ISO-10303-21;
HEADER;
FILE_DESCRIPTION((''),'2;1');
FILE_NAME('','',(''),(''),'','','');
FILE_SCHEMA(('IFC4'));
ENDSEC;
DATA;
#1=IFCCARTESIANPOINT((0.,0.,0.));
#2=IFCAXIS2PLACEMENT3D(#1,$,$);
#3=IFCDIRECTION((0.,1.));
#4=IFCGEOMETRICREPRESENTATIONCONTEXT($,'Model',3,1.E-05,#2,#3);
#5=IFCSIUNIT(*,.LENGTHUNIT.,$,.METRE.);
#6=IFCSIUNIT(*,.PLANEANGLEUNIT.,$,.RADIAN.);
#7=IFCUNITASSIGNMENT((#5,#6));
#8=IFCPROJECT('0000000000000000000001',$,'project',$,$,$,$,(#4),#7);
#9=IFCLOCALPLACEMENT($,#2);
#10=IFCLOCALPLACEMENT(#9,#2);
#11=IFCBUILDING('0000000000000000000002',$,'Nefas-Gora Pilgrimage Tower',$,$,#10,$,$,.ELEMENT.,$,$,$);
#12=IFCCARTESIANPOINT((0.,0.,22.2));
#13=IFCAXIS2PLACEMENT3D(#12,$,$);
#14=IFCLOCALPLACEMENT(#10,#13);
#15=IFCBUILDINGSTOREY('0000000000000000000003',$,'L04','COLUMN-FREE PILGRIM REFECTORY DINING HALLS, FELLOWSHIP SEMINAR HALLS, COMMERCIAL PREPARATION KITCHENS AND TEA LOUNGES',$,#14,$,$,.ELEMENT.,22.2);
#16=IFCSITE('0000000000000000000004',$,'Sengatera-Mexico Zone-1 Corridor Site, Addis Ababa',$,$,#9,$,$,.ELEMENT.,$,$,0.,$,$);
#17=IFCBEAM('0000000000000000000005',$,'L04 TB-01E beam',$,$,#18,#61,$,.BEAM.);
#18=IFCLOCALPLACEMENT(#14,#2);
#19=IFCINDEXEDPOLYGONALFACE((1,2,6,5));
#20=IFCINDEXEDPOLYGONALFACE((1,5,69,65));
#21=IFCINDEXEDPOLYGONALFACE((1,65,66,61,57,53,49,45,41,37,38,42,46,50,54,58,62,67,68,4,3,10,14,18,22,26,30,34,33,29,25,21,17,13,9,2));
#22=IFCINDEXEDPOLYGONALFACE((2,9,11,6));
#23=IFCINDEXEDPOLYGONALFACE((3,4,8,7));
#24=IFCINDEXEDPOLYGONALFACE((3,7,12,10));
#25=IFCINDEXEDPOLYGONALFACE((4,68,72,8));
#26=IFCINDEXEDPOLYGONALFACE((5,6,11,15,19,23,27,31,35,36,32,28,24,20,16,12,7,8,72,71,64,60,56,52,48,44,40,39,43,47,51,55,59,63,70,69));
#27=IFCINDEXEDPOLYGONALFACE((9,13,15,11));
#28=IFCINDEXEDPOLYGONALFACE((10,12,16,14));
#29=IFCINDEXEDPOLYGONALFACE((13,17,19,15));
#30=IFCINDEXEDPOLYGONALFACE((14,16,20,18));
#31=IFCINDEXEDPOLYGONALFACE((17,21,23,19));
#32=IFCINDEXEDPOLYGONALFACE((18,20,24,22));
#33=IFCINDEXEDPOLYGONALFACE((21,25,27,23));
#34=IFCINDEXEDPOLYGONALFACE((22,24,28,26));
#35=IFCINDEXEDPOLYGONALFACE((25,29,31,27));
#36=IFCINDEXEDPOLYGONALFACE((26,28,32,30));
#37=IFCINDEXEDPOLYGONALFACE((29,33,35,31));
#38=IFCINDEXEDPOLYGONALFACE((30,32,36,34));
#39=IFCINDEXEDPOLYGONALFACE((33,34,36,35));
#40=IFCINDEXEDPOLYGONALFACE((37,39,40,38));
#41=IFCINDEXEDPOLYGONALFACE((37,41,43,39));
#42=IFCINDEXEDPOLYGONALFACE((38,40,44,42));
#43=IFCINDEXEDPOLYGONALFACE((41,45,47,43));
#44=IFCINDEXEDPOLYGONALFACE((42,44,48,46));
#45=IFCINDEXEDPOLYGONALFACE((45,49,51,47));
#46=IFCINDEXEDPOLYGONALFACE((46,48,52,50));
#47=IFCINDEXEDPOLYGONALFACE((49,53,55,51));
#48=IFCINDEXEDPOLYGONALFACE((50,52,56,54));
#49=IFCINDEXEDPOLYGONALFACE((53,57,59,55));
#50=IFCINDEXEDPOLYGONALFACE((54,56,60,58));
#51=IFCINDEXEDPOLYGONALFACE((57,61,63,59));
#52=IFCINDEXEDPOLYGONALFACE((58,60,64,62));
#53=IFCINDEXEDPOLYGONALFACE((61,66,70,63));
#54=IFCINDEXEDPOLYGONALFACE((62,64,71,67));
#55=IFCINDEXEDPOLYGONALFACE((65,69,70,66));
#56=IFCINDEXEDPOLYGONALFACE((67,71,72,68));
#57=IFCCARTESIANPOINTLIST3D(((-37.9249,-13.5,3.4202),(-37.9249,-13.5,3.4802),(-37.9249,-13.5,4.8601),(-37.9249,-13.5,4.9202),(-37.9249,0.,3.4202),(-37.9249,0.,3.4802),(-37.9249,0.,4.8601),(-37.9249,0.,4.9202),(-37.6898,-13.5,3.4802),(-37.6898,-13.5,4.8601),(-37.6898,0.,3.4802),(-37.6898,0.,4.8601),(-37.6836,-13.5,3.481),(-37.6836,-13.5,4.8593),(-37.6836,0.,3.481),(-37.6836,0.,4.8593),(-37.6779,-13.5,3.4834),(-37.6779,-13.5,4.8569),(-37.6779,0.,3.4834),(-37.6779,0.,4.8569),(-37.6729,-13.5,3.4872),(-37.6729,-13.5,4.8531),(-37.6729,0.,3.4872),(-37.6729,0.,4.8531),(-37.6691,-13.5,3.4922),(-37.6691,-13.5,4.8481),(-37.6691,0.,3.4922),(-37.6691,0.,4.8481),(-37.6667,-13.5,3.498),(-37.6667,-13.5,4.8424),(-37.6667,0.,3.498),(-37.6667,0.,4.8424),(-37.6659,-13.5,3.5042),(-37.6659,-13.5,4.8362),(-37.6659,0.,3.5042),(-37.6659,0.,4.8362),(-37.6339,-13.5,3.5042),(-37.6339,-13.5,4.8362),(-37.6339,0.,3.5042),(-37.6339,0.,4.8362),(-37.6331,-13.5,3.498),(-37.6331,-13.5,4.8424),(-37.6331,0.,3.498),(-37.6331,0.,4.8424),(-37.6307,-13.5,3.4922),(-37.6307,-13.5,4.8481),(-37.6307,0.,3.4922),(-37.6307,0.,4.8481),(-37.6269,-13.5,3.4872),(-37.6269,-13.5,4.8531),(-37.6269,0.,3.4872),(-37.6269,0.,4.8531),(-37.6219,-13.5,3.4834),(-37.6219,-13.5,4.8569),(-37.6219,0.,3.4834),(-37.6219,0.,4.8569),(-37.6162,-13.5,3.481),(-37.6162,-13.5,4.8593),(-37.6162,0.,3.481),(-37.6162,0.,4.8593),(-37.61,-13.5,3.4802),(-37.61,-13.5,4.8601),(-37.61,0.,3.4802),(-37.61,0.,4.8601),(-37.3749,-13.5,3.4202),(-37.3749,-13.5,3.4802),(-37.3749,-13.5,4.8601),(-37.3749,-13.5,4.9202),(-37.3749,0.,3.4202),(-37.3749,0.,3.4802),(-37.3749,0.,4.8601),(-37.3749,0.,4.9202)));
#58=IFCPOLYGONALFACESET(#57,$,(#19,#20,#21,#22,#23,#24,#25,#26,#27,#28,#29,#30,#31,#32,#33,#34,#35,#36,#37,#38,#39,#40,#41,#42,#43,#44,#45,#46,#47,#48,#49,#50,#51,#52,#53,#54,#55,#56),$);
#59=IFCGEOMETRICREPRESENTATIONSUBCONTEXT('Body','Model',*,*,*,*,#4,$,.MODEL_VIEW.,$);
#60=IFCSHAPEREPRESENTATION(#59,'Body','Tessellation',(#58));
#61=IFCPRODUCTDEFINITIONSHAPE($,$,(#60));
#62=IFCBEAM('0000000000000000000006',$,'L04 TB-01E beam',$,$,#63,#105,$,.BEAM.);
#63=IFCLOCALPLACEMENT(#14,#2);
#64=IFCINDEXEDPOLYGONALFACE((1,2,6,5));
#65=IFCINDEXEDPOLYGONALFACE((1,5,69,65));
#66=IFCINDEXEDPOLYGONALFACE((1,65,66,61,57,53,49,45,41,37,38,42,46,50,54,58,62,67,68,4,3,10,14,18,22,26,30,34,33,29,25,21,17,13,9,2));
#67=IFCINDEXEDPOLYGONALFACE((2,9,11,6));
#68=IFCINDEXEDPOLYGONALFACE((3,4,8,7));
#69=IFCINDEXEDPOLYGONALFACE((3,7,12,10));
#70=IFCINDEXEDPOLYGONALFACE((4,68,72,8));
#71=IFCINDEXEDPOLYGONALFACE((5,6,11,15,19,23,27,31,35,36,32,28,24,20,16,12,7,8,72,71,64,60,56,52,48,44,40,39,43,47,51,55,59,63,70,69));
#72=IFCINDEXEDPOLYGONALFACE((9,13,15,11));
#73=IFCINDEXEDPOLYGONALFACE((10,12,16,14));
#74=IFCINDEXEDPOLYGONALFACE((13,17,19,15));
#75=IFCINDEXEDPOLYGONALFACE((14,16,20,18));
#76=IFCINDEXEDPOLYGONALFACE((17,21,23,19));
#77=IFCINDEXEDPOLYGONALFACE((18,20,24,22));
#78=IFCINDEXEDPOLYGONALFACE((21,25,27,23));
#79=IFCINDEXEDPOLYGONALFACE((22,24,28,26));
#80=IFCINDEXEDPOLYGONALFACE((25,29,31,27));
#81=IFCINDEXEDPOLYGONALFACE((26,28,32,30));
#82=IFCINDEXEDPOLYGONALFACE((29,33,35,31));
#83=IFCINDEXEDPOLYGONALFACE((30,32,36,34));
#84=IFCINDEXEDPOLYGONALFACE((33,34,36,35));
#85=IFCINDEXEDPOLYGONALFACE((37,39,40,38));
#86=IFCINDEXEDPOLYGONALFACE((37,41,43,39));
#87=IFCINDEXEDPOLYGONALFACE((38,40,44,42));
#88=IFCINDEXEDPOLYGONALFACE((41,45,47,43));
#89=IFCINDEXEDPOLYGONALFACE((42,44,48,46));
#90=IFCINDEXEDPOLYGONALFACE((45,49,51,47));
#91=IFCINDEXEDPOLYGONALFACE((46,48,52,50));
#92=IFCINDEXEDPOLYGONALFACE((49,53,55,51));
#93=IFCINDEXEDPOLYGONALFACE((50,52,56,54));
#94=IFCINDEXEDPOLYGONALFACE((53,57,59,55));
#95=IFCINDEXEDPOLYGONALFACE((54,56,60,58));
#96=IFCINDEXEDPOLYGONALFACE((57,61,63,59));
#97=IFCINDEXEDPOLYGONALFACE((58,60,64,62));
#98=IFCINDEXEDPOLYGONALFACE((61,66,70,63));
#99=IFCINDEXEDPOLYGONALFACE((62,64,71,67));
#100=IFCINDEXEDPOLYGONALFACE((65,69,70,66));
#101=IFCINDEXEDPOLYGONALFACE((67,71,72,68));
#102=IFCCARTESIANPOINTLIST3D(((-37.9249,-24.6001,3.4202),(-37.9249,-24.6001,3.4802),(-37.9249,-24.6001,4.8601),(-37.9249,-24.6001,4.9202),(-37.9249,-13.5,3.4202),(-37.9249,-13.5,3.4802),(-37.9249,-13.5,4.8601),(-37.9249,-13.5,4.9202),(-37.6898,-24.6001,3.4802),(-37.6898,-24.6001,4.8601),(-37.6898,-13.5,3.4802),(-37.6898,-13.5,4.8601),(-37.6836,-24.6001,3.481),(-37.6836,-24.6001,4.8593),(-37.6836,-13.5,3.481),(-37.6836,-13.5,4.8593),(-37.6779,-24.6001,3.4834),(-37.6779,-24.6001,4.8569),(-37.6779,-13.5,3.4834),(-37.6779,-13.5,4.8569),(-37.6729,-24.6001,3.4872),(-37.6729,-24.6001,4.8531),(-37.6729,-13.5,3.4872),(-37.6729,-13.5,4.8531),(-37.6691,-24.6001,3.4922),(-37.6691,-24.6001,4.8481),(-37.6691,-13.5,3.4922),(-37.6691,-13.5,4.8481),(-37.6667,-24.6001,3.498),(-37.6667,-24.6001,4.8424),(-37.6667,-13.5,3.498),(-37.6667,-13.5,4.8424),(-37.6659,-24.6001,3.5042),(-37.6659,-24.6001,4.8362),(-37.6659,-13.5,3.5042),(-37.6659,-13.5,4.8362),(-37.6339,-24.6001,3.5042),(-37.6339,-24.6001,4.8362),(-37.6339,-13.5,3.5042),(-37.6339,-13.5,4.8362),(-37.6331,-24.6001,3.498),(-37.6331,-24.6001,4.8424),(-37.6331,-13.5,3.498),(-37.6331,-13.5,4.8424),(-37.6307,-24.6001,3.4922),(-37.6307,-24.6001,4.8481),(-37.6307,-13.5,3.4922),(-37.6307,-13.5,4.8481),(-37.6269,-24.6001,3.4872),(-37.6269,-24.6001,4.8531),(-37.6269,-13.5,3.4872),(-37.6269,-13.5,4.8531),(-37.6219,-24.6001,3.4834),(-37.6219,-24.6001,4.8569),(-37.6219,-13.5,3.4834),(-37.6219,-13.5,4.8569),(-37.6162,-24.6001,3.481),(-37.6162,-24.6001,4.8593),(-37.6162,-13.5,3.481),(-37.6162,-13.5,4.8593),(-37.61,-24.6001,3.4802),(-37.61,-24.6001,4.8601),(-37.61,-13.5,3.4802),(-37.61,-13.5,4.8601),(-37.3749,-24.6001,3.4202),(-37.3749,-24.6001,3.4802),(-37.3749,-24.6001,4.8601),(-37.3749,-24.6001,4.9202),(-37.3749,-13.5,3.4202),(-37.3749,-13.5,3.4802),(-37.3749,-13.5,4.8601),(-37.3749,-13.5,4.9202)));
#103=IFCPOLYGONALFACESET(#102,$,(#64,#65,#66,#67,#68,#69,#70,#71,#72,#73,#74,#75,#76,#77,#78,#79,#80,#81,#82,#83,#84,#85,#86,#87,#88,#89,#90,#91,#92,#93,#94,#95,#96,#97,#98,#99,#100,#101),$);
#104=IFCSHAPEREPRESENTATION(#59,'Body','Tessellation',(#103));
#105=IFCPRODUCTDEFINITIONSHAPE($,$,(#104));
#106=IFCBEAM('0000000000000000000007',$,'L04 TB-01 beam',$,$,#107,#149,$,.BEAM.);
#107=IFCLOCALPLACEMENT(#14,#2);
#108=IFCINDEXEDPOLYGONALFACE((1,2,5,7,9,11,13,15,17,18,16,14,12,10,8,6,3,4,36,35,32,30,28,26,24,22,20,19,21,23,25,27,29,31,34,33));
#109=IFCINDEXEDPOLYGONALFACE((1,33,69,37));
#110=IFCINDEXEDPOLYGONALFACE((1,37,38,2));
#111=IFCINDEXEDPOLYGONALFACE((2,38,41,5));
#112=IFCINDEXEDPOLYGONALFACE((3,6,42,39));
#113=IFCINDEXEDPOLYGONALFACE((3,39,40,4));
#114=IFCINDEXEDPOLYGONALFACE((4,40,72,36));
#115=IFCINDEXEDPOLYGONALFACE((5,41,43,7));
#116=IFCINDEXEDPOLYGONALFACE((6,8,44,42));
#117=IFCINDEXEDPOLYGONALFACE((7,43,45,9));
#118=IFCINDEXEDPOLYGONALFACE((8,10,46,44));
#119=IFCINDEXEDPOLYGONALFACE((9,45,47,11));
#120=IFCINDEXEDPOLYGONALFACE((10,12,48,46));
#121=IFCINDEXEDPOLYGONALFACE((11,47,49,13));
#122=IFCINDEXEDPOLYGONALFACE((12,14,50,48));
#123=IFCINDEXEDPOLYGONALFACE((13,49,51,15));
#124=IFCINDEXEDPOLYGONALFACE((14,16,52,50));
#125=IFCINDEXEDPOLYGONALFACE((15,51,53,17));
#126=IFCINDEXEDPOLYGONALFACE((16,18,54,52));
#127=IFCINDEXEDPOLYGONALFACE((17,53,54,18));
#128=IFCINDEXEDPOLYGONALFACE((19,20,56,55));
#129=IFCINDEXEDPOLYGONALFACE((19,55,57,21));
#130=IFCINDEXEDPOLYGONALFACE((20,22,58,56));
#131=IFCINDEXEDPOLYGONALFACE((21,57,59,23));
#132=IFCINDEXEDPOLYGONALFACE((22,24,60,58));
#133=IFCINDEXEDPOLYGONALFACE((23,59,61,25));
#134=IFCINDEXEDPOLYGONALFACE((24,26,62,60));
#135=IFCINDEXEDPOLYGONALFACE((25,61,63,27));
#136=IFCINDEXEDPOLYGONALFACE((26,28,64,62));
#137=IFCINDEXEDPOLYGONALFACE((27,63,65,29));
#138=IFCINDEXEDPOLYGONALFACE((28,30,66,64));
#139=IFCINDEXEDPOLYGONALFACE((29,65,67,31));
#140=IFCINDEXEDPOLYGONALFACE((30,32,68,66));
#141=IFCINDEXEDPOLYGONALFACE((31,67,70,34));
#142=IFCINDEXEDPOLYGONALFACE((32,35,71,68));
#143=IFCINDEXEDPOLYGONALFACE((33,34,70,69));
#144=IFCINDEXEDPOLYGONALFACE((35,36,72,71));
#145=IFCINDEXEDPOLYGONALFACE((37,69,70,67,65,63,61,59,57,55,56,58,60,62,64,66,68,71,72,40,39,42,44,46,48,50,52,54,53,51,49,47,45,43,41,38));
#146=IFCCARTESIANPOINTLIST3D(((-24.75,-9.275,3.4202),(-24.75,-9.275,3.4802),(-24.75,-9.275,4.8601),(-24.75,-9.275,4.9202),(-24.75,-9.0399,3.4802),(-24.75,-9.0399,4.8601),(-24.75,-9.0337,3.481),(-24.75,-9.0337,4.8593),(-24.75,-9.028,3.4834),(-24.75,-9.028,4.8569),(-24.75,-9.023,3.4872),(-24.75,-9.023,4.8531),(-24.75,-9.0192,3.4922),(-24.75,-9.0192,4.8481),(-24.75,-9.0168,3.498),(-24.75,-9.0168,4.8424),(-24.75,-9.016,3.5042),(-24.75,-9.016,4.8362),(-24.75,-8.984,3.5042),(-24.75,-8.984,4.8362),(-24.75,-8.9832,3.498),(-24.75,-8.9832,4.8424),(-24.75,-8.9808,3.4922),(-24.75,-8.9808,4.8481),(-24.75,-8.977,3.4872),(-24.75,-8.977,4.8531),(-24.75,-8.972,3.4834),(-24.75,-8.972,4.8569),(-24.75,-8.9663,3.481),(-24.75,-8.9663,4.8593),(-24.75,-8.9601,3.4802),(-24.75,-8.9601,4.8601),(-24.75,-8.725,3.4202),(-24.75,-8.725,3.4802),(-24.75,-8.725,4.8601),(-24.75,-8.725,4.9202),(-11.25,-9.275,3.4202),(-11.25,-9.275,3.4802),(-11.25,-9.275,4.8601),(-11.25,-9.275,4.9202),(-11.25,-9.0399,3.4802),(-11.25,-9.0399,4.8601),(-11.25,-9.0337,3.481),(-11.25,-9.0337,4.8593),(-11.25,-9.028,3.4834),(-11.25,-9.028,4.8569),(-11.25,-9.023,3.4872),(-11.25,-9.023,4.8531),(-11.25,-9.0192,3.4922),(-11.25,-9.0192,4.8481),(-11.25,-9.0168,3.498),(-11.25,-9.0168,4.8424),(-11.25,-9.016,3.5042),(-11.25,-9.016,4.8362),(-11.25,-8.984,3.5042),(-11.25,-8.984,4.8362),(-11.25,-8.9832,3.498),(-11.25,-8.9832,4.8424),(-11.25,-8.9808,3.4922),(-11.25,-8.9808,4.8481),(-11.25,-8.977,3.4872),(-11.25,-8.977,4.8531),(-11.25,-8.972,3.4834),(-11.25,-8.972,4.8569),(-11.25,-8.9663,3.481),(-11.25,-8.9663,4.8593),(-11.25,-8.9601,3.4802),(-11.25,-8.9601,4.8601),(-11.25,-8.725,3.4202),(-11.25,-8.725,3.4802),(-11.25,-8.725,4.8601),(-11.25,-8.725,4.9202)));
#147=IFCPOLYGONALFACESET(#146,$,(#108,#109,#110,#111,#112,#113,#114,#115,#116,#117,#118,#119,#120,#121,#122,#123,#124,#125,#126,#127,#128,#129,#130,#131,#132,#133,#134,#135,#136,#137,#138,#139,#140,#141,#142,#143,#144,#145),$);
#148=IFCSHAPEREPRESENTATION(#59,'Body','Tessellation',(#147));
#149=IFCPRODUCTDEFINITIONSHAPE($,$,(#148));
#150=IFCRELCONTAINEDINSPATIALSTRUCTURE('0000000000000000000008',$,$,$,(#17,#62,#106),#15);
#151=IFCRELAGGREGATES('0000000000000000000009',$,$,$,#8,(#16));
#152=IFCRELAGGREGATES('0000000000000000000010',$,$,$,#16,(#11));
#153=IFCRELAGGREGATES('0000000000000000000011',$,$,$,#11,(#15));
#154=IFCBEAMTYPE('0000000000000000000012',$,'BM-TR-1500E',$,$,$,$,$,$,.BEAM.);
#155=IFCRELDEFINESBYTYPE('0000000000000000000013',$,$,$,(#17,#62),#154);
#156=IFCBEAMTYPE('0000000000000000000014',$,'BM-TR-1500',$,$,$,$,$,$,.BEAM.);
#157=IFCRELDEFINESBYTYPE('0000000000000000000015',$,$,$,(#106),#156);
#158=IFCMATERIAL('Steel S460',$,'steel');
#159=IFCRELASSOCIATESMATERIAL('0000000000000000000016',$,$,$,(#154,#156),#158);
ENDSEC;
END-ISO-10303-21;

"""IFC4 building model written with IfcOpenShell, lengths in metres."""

from ifc_helpers import new_model, si_unit, direction, frame, origin, origin_2d, place, context, subcontext, project, spatial, i_section, extrude, source, transform, mapped, material, material_profile, profile_set, type_object, element, save


model = new_model("IFC4")

# Units and contexts
model_context = context("Model", 3, precision=1e-05, world=origin(), true_north=direction((0.0, 1.0)))
body_context = subcontext(model_context, "Body", "Model", "MODEL_VIEW")
ifc_project = project(units=[si_unit("LENGTHUNIT", "METRE"), si_unit("PLANEANGLEUNIT", "RADIAN")], contexts=[model_context])

# Site, building, storey
site_placement = place(None, origin())
site = spatial("IfcSite", under=ifc_project, at=site_placement, Name="Sengatera-Mexico Zone-1 Corridor Site, Addis Ababa", CompositionType="ELEMENT", RefElevation=0.0)
building_placement = place(site_placement, origin())
building = spatial("IfcBuilding", under=site, at=building_placement, Name="Nefas-Gora Pilgrimage Tower", CompositionType="ELEMENT")
storey_placement = place(building_placement, frame((0.0, 0.0, 22.2)))
storey = spatial("IfcBuildingStorey", under=building, at=storey_placement, Name="L04", Description="COLUMN-FREE PILGRIM REFECTORY DINING HALLS, FELLOWSHIP SEMINAR HALLS, COMMERCIAL PREPARATION KITCHENS AND TEA LOUNGES", CompositionType="ELEMENT", Elevation=22.2)

# Shared definitions
ifc_material_1 = material(Name="Steel S460", Category="steel")

# Beams
ifc_material_profile_1 = material_profile(ifc_material_1, i_section(OverallWidth=0.55, OverallDepth=1.5, WebThickness=0.032, FlangeThickness=0.0601, FilletRadius=0.0239, at=origin_2d()), Name="WPG 1500x550x32x60")
ifc_profile_set_1 = profile_set([ifc_material_profile_1], Name="Steel S460")
beam_type_1 = type_object("IfcBeamType", Name="BM-TR-1500E", PredefinedType="BEAM", material=ifc_profile_set_1)
shared_shape_1 = source(origin(), body_context, "Body", "SweptSolid", [
    extrude(i_section(OverallWidth=0.55, OverallDepth=1.5, WebThickness=0.032, FlangeThickness=0.0601, FilletRadius=0.0239, at=origin_2d()), origin(), (0.0, 0.0, 1.0), 13.5),
])
for number, where, z_axis, x_axis, name in (
    (1, (-37.6499, -13.5, 4.1702), (0.0, 1.0, 0.0), (-1.0, 0.0, 0.0), "L04 TB-01E beam"),
):
    element("IfcBeam", number, at=place(storey_placement, frame(where, z_axis=z_axis, x_axis=x_axis)), inside=storey, type_object=beam_type_1, Name=name, PredefinedType="BEAM", context=body_context, shape_type="MappedRepresentation", body=[
        mapped(shared_shape_1, transform((0.0, 0.0, 0.0), x_axis=(1.0, 0.0, 0.0), y_axis=(0.0, 1.0, 0.0), z_axis=(0.0, 0.0, 1.0), scale=1.0)),
    ])
shared_shape_2 = source(origin(), body_context, "Body", "SweptSolid", [
    extrude(i_section(OverallWidth=0.55, OverallDepth=1.5, WebThickness=0.032, FlangeThickness=0.0601, FilletRadius=0.0239, at=origin_2d()), origin(), (0.0, 0.0, 1.0), 11.1001),
])
beam_1_placement = place(storey_placement, frame((-37.6499, -24.6001, 4.1702), z_axis=(0.0, 1.0, 0.0), x_axis=(-1.0, 0.0, 0.0)))
element("IfcBeam", 2, at=beam_1_placement, inside=storey, type_object=beam_type_1, Name="L04 TB-01E beam", PredefinedType="BEAM", context=body_context, shape_type="MappedRepresentation", body=[
    mapped(shared_shape_2, transform((0.0, 0.0, 0.0), x_axis=(1.0, 0.0, 0.0), y_axis=(0.0, 1.0, 0.0), z_axis=(0.0, 0.0, 1.0), scale=1.0)),
])
ifc_material_profile_2 = material_profile(ifc_material_1, i_section(OverallWidth=0.55, OverallDepth=1.5, WebThickness=0.032, FlangeThickness=0.0601, FilletRadius=0.0239, at=origin_2d()), Name="WPG 1500x550x32x60")
ifc_profile_set_2 = profile_set([ifc_material_profile_2], Name="Steel S460")
beam_type_2 = type_object("IfcBeamType", Name="BM-TR-1500", PredefinedType="BEAM", material=ifc_profile_set_2)
shared_shape_3 = source(origin(), body_context, "Body", "SweptSolid", [
    extrude(i_section(OverallWidth=0.55, OverallDepth=1.5, WebThickness=0.032, FlangeThickness=0.0601, FilletRadius=0.0239, at=origin_2d()), origin(), (0.0, 0.0, 1.0), 13.5),
])
beam_2_placement = place(storey_placement, frame((-24.75, -9.0, 4.1702), z_axis=(1.0, 0.0, 0.0), x_axis=(0.0, 1.0, 0.0)))
element("IfcBeam", 3, at=beam_2_placement, inside=storey, type_object=beam_type_2, Name="L04 TB-01 beam", PredefinedType="BEAM", context=body_context, shape_type="MappedRepresentation", body=[
    mapped(shared_shape_3, transform((0.0, 0.0, 0.0), x_axis=(1.0, 0.0, 0.0), y_axis=(0.0, 1.0, 0.0), z_axis=(0.0, 0.0, 1.0), scale=1.0)),
])

save(model, "model.ifc")
